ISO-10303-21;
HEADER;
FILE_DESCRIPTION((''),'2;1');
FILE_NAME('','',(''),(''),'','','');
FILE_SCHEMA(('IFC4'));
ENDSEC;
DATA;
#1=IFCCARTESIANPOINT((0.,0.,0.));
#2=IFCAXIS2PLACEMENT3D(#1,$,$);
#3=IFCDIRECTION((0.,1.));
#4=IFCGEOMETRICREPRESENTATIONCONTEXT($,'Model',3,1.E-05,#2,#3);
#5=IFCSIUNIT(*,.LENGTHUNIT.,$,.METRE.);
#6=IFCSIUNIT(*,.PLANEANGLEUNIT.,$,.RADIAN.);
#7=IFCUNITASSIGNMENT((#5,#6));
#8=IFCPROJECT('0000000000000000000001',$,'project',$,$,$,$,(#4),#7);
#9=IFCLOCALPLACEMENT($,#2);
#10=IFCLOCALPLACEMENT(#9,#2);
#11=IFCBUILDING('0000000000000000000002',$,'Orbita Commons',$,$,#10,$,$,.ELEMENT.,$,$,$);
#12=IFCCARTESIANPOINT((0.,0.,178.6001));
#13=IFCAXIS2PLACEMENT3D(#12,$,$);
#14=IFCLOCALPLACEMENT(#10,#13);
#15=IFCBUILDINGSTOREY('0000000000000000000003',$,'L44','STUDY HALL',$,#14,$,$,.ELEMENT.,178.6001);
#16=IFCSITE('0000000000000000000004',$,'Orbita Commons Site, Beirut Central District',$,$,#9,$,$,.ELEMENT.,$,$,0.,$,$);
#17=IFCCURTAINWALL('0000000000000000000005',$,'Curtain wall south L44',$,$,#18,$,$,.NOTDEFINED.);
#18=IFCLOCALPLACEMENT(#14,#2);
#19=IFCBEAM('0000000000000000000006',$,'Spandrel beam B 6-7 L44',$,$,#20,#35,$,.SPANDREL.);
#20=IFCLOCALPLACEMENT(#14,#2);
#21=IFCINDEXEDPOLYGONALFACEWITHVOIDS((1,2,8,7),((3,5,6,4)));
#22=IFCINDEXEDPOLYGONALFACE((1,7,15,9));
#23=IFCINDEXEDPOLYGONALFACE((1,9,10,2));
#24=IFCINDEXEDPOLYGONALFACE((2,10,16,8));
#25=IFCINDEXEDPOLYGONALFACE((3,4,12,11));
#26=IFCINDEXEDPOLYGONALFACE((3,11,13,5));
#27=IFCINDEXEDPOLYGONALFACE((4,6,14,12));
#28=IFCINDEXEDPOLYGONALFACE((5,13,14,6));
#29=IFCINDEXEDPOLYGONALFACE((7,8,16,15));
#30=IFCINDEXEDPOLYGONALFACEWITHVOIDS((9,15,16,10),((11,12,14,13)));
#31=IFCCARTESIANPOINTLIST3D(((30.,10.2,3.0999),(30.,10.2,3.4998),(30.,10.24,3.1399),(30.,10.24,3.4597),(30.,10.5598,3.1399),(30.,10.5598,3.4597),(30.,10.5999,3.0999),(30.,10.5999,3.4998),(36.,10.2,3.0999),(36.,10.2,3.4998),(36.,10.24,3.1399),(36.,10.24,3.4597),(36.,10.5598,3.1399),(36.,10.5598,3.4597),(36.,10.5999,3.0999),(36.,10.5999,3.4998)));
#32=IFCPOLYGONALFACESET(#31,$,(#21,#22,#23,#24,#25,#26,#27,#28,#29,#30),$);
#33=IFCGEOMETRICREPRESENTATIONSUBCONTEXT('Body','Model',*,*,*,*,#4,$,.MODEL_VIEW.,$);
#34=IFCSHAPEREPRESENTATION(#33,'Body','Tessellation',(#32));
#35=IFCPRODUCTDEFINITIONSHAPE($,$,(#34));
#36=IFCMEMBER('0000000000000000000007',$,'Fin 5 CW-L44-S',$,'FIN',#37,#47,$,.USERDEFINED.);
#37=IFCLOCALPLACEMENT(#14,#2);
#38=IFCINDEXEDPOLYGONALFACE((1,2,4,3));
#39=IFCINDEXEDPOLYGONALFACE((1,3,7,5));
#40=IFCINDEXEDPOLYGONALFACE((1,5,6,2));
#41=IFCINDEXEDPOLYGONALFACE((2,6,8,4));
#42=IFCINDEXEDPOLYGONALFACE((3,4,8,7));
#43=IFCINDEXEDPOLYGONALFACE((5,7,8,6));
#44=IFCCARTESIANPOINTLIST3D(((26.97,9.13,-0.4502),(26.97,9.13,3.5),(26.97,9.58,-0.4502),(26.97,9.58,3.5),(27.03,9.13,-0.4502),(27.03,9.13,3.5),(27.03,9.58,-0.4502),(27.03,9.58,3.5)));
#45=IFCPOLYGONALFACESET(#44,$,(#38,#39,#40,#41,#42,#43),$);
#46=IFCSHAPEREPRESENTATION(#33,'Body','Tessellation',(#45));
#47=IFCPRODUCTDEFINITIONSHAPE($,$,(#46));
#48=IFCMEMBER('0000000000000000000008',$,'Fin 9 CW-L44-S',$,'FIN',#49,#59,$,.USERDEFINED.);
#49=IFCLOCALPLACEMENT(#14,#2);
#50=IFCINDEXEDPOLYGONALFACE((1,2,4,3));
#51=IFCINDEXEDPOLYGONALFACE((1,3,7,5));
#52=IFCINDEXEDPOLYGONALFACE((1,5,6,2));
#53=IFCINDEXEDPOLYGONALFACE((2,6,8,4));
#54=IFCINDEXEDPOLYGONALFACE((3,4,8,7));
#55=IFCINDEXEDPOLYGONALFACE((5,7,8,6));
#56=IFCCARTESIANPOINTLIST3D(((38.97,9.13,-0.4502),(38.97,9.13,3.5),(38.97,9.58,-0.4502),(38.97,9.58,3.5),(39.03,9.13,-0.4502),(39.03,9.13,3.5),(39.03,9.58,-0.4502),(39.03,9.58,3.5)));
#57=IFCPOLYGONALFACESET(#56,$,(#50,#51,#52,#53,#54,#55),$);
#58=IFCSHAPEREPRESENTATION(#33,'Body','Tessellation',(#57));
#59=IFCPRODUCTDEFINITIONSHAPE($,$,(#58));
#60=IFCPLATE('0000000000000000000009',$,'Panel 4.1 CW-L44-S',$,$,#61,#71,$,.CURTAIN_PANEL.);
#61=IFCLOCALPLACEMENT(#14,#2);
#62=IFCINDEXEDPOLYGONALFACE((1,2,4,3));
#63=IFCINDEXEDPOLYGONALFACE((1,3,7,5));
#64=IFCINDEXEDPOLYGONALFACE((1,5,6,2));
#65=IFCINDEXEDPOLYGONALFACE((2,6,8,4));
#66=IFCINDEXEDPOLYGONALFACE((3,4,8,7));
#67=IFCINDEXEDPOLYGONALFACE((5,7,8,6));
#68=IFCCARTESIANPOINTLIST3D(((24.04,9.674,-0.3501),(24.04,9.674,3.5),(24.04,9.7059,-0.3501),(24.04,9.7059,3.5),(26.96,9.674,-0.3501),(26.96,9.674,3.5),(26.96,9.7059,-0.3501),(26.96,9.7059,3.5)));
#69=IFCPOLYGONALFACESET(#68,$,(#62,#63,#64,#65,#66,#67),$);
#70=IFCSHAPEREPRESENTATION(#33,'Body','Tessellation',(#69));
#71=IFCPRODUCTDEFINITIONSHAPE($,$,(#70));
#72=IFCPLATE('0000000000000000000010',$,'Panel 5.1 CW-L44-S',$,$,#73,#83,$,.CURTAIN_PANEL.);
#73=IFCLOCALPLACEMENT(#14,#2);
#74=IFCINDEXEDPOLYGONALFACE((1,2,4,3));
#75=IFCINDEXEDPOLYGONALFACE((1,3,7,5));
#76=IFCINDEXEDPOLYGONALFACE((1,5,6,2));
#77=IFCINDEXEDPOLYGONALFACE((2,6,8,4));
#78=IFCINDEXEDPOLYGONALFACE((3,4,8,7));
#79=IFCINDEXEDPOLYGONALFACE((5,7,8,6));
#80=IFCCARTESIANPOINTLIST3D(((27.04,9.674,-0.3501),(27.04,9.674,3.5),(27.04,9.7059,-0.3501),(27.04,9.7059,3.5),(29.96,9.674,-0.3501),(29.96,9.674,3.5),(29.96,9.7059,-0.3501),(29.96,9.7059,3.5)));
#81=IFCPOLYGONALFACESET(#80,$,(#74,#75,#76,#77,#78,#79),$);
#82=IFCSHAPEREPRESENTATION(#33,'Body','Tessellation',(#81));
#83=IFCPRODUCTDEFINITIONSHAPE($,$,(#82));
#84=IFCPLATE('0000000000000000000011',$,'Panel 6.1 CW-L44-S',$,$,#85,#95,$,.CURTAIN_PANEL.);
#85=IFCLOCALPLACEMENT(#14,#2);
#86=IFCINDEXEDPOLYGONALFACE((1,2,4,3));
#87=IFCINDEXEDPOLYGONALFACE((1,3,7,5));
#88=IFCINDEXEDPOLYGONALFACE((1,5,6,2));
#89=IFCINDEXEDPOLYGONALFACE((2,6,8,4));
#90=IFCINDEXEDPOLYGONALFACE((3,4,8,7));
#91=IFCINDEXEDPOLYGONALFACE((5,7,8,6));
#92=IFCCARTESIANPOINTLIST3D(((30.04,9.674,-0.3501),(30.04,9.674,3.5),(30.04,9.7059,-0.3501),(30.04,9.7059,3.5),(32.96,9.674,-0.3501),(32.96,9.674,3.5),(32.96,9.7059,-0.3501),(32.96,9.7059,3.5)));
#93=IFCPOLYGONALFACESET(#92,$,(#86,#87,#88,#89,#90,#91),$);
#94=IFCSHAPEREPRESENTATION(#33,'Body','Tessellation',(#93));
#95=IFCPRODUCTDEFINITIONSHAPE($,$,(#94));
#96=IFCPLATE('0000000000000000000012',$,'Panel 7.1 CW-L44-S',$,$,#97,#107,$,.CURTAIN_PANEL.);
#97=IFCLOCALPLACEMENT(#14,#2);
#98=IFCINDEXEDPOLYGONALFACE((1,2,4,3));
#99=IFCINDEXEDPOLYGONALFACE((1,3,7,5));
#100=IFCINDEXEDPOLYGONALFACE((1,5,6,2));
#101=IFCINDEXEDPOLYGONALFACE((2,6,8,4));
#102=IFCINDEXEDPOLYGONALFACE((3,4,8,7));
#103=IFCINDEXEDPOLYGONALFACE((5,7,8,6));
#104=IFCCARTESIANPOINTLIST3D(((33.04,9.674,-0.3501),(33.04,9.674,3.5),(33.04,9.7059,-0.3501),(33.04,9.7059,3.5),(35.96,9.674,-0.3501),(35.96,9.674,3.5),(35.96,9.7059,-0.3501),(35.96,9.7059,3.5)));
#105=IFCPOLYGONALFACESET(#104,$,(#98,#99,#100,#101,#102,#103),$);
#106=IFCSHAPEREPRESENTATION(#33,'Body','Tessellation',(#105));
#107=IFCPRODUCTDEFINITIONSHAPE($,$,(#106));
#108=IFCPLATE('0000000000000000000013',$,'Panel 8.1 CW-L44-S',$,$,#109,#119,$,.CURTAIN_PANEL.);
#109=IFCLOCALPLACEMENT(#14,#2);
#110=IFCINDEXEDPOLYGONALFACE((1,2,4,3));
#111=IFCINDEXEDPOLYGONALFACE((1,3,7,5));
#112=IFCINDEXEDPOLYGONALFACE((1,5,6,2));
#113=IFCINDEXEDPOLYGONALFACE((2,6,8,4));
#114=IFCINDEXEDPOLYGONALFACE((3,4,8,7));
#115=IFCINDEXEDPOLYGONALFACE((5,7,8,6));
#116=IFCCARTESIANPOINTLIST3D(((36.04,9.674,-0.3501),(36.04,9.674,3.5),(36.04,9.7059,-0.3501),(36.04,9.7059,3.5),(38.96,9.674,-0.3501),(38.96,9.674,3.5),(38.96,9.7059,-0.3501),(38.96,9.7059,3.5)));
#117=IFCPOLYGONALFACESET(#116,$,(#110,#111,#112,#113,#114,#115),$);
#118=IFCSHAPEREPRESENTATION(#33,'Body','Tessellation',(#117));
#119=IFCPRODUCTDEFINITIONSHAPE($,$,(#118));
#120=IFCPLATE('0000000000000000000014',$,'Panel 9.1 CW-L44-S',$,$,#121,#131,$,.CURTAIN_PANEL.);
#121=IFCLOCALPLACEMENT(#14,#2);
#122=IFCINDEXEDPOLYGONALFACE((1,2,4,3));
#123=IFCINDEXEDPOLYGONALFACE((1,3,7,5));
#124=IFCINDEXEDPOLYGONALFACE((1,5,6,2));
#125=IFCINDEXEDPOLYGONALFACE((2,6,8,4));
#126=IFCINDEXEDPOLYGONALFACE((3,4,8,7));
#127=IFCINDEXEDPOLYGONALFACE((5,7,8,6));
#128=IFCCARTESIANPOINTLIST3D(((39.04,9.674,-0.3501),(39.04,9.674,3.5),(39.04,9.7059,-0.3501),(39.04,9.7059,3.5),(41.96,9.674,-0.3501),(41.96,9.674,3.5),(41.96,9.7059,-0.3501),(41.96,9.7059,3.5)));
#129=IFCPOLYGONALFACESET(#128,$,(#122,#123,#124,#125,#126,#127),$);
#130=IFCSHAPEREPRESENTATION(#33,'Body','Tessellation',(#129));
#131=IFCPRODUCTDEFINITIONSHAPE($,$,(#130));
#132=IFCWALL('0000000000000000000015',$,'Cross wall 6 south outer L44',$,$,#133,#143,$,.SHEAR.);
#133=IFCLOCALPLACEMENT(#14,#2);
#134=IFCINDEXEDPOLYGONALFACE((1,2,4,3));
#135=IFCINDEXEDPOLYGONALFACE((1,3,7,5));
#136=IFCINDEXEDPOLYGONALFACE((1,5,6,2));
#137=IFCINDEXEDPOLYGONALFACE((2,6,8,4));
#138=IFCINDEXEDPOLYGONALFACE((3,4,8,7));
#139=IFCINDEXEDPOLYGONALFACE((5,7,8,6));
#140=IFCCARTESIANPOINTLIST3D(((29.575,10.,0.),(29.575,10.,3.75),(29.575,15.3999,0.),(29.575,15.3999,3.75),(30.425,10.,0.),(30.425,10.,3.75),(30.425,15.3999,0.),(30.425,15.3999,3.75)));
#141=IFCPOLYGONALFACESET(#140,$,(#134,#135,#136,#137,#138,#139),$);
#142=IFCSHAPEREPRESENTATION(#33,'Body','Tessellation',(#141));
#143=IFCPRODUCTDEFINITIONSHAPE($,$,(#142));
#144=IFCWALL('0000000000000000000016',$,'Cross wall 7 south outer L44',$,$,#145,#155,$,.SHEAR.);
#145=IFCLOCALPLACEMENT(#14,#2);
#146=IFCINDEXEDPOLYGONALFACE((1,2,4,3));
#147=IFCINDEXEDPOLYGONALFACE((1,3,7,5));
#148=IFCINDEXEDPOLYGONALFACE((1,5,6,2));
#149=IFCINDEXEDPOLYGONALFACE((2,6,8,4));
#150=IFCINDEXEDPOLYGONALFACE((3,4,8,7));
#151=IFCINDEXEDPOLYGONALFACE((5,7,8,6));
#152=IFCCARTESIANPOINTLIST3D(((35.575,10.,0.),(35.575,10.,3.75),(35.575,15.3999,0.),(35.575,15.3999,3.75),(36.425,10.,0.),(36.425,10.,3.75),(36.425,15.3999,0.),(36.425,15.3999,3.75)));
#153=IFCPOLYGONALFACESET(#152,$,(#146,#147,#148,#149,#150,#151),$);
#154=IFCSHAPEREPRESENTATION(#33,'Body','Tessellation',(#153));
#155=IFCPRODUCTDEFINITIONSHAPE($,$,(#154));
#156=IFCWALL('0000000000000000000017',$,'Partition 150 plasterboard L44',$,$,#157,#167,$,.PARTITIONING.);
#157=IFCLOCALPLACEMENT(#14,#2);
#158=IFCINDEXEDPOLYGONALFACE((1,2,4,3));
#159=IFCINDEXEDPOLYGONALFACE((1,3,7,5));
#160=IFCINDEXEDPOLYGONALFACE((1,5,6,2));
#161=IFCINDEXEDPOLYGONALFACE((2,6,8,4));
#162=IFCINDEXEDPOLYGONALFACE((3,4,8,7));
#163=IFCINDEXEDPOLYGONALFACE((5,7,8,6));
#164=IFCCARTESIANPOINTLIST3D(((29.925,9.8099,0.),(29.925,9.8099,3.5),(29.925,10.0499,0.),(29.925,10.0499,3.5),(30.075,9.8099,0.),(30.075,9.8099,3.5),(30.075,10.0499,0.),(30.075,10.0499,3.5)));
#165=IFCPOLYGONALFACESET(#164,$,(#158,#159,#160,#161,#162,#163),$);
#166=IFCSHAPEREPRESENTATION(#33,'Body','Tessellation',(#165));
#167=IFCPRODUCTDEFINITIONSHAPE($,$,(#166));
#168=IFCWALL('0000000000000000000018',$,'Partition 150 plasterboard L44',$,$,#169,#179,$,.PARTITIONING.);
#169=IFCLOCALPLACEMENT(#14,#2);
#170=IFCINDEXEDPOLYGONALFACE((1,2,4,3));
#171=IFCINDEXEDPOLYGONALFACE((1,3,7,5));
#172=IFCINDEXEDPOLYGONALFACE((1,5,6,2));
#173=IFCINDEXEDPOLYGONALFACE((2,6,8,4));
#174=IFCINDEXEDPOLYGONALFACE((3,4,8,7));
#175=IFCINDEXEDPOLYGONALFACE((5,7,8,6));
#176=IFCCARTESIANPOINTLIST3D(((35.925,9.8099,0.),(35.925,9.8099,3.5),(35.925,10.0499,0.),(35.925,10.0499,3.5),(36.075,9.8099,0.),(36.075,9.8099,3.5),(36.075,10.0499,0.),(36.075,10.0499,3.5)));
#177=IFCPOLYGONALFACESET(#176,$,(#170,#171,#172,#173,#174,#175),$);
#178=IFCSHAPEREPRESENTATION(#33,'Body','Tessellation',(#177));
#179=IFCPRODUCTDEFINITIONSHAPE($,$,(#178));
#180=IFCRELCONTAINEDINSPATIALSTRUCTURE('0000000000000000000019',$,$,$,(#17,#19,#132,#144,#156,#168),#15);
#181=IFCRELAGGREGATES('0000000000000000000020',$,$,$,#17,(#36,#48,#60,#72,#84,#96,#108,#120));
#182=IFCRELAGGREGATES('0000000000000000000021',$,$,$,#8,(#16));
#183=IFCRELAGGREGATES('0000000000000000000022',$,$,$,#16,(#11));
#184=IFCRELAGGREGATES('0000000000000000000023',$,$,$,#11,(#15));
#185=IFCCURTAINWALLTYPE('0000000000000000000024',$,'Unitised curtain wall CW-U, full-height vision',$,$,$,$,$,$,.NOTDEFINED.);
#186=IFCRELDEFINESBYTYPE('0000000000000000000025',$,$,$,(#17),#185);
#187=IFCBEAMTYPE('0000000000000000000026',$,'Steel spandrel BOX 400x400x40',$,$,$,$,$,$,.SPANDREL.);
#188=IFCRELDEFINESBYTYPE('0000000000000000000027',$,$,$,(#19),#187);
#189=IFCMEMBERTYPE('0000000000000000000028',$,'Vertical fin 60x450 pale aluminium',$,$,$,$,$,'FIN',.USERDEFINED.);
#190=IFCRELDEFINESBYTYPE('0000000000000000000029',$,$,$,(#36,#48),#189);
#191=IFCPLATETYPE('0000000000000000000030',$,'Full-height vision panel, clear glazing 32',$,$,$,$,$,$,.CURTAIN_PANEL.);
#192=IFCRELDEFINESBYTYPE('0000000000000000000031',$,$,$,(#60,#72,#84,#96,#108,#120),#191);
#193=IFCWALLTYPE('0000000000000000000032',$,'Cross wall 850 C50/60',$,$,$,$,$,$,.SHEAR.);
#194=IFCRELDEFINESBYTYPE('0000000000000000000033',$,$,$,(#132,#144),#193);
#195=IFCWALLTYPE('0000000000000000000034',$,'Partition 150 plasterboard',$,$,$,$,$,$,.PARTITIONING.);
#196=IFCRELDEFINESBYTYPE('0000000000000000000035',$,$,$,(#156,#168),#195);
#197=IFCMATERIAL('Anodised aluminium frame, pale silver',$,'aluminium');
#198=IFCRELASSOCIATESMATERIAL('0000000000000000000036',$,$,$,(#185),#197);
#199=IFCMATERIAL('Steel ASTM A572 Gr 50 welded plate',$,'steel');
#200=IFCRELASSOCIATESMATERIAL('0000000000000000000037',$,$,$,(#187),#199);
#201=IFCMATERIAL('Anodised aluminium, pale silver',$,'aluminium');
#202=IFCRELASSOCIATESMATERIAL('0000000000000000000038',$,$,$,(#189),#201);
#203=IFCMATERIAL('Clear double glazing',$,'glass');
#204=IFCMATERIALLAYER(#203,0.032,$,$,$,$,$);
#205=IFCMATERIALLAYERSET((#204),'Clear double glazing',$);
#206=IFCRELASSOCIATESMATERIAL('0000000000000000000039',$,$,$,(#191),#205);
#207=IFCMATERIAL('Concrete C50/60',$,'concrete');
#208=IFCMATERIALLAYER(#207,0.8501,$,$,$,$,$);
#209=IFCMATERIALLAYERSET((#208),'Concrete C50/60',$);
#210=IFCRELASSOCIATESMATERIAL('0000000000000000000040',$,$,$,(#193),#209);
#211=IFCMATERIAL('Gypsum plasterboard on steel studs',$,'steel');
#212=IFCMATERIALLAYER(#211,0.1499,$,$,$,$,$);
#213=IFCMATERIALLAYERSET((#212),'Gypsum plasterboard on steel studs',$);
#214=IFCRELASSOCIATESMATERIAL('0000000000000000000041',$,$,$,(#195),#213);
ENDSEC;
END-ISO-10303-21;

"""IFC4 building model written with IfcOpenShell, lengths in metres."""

from ifc_helpers import new_model, si_unit, direction, frame, frame_2d, origin, origin_2d, place, context, subcontext, project, spatial, rectangle, hollow_rectangle, extrude, material, layer, layer_set, material_profile, profile_set, type_object, element, aggregate, save


model = new_model("IFC4")

# Units and contexts
model_context = context("Model", 3, precision=1e-05, world=origin(), true_north=direction((0.0, 1.0)))
body_context = subcontext(model_context, "Body", "Model", "MODEL_VIEW")
ifc_project = project(units=[si_unit("LENGTHUNIT", "METRE"), si_unit("PLANEANGLEUNIT", "RADIAN")], contexts=[model_context])

# Site, building, storey
site_placement = place(None, origin())
site = spatial("IfcSite", under=ifc_project, at=site_placement, Name="Orbita Commons Site, Beirut Central District", CompositionType="ELEMENT", RefElevation=0.0)
building_placement = place(site_placement, origin())
building = spatial("IfcBuilding", under=site, at=building_placement, Name="Orbita Commons", CompositionType="ELEMENT")
storey_placement = place(building_placement, frame((0.0, 0.0, 178.6001)))
storey = spatial("IfcBuildingStorey", under=building, at=storey_placement, Name="L44", Description="STUDY HALL", CompositionType="ELEMENT", Elevation=178.6001)

# Curtain wall
ifc_material_1 = material(Name="Anodised aluminium frame, pale silver", Category="aluminium")
curtain_wall_type = type_object("IfcCurtainWallType", Name="Unitised curtain wall CW-U, full-height vision", PredefinedType="NOTDEFINED", material=ifc_material_1)
curtain_wall_placement = place(storey_placement, origin())
curtain_wall = element("IfcCurtainWall", 1, at=curtain_wall_placement, inside=storey, type_object=curtain_wall_type, Name="Curtain wall south L44", PredefinedType="NOTDEFINED")

# Beam
ifc_material_2 = material(Name="Steel ASTM A572 Gr 50 welded plate", Category="steel")
ifc_material_profile_1 = material_profile(ifc_material_2, hollow_rectangle(XDim=0.3999, YDim=0.3999, WallThickness=0.04, at=origin_2d()), Name="BOX 400x400x40")
ifc_profile_set_1 = profile_set([ifc_material_profile_1], Name="Steel ASTM A572 Gr 50 welded plate")
beam_type = type_object("IfcBeamType", Name="Steel spandrel BOX 400x400x40", PredefinedType="SPANDREL", material=ifc_profile_set_1)
beam_placement = place(storey_placement, frame((30.0, 10.3999, 3.2998), z_axis=(1.0, 0.0, 0.0), x_axis=(0.0, 1.0, 0.0)))
element("IfcBeam", 2, at=beam_placement, inside=storey, type_object=beam_type, Name="Spandrel beam B 6-7 L44", PredefinedType="SPANDREL", context=body_context, shape_type="SweptSolid", body=[
    extrude(hollow_rectangle(XDim=0.3999, YDim=0.3999, WallThickness=0.04, at=origin_2d()), origin(), (0.0, 0.0, 1.0), 6.0),
])

# Members
ifc_material_3 = material(Name="Anodised aluminium, pale silver", Category="aluminium")
ifc_material_profile_2 = material_profile(ifc_material_3, rectangle(XDim=0.0601, YDim=0.45, at=origin_2d()), Name="FIN 60x450")
ifc_profile_set_2 = profile_set([ifc_material_profile_2], Name="Anodised aluminium, pale silver")
member_type_1 = type_object("IfcMemberType", Name="Vertical fin 60x450 pale aluminium", ElementType="FIN", PredefinedType="USERDEFINED", material=ifc_profile_set_2)
member_1_placement = place(storey_placement, frame((27.0, 9.355, -0.4502), z_axis=(0.0, 0.0, 1.0), x_axis=(1.0, 0.0, 0.0)))
member_1 = element("IfcMember", 3, at=member_1_placement, type_object=member_type_1, Name="Fin 5 CW-L44-S", ObjectType="FIN", PredefinedType="USERDEFINED", context=body_context, shape_type="SweptSolid", body=[
    extrude(rectangle(XDim=0.0601, YDim=0.45, at=origin_2d()), origin(), (0.0, 0.0, 1.0), 3.9502),
])
member_2_placement = place(storey_placement, frame((39.0, 9.355, -0.4502), z_axis=(0.0, 0.0, 1.0), x_axis=(1.0, 0.0, 0.0)))
member_2 = element("IfcMember", 4, at=member_2_placement, type_object=member_type_1, Name="Fin 9 CW-L44-S", ObjectType="FIN", PredefinedType="USERDEFINED", context=body_context, shape_type="SweptSolid", body=[
    extrude(rectangle(XDim=0.0601, YDim=0.45, at=origin_2d()), origin(), (0.0, 0.0, 1.0), 3.9502),
])

# Plates
ifc_material_4 = material(Name="Clear double glazing", Category="glass")
ifc_layer_1 = layer(ifc_material_4, 0.032)
ifc_layer_set_1 = layer_set([ifc_layer_1], Name="Clear double glazing")
plate_type = type_object("IfcPlateType", Name="Full-height vision panel, clear glazing 32", PredefinedType="CURTAIN_PANEL", material=ifc_layer_set_1)
plate_1_placement = place(storey_placement, frame((25.5, 9.6899, -0.3501), z_axis=(0.0, 0.0, 1.0), x_axis=(1.0, 0.0, 0.0)))
plate_1 = element("IfcPlate", 5, at=plate_1_placement, type_object=plate_type, Name="Panel 4.1 CW-L44-S", PredefinedType="CURTAIN_PANEL", context=body_context, shape_type="SweptSolid", body=[
    extrude(rectangle(XDim=2.9199, YDim=0.032, at=origin_2d()), origin(), (0.0, 0.0, 1.0), 3.8501),
])
plate_2_placement = place(storey_placement, frame((28.5, 9.6899, -0.3501), z_axis=(0.0, 0.0, 1.0), x_axis=(1.0, 0.0, 0.0)))
plate_2 = element("IfcPlate", 6, at=plate_2_placement, type_object=plate_type, Name="Panel 5.1 CW-L44-S", PredefinedType="CURTAIN_PANEL", context=body_context, shape_type="SweptSolid", body=[
    extrude(rectangle(XDim=2.9199, YDim=0.032, at=origin_2d()), origin(), (0.0, 0.0, 1.0), 3.8501),
])
plate_3_placement = place(storey_placement, frame((31.5, 9.6899, -0.3501), z_axis=(0.0, 0.0, 1.0), x_axis=(1.0, 0.0, 0.0)))
plate_3 = element("IfcPlate", 7, at=plate_3_placement, type_object=plate_type, Name="Panel 6.1 CW-L44-S", PredefinedType="CURTAIN_PANEL", context=body_context, shape_type="SweptSolid", body=[
    extrude(rectangle(XDim=2.9199, YDim=0.032, at=origin_2d()), origin(), (0.0, 0.0, 1.0), 3.8501),
])
plate_4_placement = place(storey_placement, frame((34.5, 9.6899, -0.3501), z_axis=(0.0, 0.0, 1.0), x_axis=(1.0, 0.0, 0.0)))
plate_4 = element("IfcPlate", 8, at=plate_4_placement, type_object=plate_type, Name="Panel 7.1 CW-L44-S", PredefinedType="CURTAIN_PANEL", context=body_context, shape_type="SweptSolid", body=[
    extrude(rectangle(XDim=2.9199, YDim=0.032, at=origin_2d()), origin(), (0.0, 0.0, 1.0), 3.8501),
])
plate_5_placement = place(storey_placement, frame((37.5, 9.6899, -0.3501), z_axis=(0.0, 0.0, 1.0), x_axis=(1.0, 0.0, 0.0)))
plate_5 = element("IfcPlate", 9, at=plate_5_placement, type_object=plate_type, Name="Panel 8.1 CW-L44-S", PredefinedType="CURTAIN_PANEL", context=body_context, shape_type="SweptSolid", body=[
    extrude(rectangle(XDim=2.9199, YDim=0.032, at=origin_2d()), origin(), (0.0, 0.0, 1.0), 3.8501),
])
plate_6_placement = place(storey_placement, frame((40.5, 9.6899, -0.3501), z_axis=(0.0, 0.0, 1.0), x_axis=(1.0, 0.0, 0.0)))
plate_6 = element("IfcPlate", 10, at=plate_6_placement, type_object=plate_type, Name="Panel 9.1 CW-L44-S", PredefinedType="CURTAIN_PANEL", context=body_context, shape_type="SweptSolid", body=[
    extrude(rectangle(XDim=2.9199, YDim=0.032, at=origin_2d()), origin(), (0.0, 0.0, 1.0), 3.8501),
])
aggregate(curtain_wall, [member_1, member_2, plate_1, plate_2, plate_3, plate_4, plate_5, plate_6])

# Walls
ifc_material_5 = material(Name="Concrete C50/60", Category="concrete")
ifc_layer_2 = layer(ifc_material_5, 0.8501)
ifc_layer_set_2 = layer_set([ifc_layer_2], Name="Concrete C50/60")
wall_type_1 = type_object("IfcWallType", Name="Cross wall 850 C50/60", PredefinedType="SHEAR", material=ifc_layer_set_2)
for number, where, z_axis, x_axis, name in (
    (11, (30.0, 10.0, 0.0), (0.0, 0.0, 1.0), (0.0, 1.0, 0.0), "Cross wall 6 south outer L44"),
    (12, (36.0, 10.0, 0.0), (0.0, 0.0, 1.0), (0.0, 1.0, 0.0), "Cross wall 7 south outer L44"),
):
    element("IfcWall", number, at=place(storey_placement, frame(where, z_axis=z_axis, x_axis=x_axis)), inside=storey, type_object=wall_type_1, Name=name, PredefinedType="SHEAR", context=body_context, shape_type="SweptSolid", body=[
        extrude(rectangle(XDim=5.3999, YDim=0.8501, at=frame_2d((2.7, 0.0))), origin(), (0.0, 0.0, 1.0), 3.75),
    ])
ifc_material_6 = material(Name="Gypsum plasterboard on steel studs", Category="steel")
ifc_layer_3 = layer(ifc_material_6, 0.1499)
ifc_layer_set_3 = layer_set([ifc_layer_3], Name="Gypsum plasterboard on steel studs")
wall_type_2 = type_object("IfcWallType", Name="Partition 150 plasterboard", PredefinedType="PARTITIONING", material=ifc_layer_set_3)
for number, where, z_axis, x_axis, name in (
    (13, (30.0, 10.05, 0.0), (0.0, 0.0, 1.0), (0.0, -1.0, 0.0), "Partition 150 plasterboard L44"),
    (14, (36.0, 10.05, 0.0), (0.0, 0.0, 1.0), (0.0, -1.0, 0.0), "Partition 150 plasterboard L44"),
):
    element("IfcWall", number, at=place(storey_placement, frame(where, z_axis=z_axis, x_axis=x_axis)), inside=storey, type_object=wall_type_2, Name=name, PredefinedType="PARTITIONING", context=body_context, shape_type="SweptSolid", body=[
        extrude(rectangle(XDim=0.24, YDim=0.1499, at=frame_2d((0.1201, 0.0))), origin(), (0.0, 0.0, 1.0), 3.5),
    ])

save(model, "model.ifc")
